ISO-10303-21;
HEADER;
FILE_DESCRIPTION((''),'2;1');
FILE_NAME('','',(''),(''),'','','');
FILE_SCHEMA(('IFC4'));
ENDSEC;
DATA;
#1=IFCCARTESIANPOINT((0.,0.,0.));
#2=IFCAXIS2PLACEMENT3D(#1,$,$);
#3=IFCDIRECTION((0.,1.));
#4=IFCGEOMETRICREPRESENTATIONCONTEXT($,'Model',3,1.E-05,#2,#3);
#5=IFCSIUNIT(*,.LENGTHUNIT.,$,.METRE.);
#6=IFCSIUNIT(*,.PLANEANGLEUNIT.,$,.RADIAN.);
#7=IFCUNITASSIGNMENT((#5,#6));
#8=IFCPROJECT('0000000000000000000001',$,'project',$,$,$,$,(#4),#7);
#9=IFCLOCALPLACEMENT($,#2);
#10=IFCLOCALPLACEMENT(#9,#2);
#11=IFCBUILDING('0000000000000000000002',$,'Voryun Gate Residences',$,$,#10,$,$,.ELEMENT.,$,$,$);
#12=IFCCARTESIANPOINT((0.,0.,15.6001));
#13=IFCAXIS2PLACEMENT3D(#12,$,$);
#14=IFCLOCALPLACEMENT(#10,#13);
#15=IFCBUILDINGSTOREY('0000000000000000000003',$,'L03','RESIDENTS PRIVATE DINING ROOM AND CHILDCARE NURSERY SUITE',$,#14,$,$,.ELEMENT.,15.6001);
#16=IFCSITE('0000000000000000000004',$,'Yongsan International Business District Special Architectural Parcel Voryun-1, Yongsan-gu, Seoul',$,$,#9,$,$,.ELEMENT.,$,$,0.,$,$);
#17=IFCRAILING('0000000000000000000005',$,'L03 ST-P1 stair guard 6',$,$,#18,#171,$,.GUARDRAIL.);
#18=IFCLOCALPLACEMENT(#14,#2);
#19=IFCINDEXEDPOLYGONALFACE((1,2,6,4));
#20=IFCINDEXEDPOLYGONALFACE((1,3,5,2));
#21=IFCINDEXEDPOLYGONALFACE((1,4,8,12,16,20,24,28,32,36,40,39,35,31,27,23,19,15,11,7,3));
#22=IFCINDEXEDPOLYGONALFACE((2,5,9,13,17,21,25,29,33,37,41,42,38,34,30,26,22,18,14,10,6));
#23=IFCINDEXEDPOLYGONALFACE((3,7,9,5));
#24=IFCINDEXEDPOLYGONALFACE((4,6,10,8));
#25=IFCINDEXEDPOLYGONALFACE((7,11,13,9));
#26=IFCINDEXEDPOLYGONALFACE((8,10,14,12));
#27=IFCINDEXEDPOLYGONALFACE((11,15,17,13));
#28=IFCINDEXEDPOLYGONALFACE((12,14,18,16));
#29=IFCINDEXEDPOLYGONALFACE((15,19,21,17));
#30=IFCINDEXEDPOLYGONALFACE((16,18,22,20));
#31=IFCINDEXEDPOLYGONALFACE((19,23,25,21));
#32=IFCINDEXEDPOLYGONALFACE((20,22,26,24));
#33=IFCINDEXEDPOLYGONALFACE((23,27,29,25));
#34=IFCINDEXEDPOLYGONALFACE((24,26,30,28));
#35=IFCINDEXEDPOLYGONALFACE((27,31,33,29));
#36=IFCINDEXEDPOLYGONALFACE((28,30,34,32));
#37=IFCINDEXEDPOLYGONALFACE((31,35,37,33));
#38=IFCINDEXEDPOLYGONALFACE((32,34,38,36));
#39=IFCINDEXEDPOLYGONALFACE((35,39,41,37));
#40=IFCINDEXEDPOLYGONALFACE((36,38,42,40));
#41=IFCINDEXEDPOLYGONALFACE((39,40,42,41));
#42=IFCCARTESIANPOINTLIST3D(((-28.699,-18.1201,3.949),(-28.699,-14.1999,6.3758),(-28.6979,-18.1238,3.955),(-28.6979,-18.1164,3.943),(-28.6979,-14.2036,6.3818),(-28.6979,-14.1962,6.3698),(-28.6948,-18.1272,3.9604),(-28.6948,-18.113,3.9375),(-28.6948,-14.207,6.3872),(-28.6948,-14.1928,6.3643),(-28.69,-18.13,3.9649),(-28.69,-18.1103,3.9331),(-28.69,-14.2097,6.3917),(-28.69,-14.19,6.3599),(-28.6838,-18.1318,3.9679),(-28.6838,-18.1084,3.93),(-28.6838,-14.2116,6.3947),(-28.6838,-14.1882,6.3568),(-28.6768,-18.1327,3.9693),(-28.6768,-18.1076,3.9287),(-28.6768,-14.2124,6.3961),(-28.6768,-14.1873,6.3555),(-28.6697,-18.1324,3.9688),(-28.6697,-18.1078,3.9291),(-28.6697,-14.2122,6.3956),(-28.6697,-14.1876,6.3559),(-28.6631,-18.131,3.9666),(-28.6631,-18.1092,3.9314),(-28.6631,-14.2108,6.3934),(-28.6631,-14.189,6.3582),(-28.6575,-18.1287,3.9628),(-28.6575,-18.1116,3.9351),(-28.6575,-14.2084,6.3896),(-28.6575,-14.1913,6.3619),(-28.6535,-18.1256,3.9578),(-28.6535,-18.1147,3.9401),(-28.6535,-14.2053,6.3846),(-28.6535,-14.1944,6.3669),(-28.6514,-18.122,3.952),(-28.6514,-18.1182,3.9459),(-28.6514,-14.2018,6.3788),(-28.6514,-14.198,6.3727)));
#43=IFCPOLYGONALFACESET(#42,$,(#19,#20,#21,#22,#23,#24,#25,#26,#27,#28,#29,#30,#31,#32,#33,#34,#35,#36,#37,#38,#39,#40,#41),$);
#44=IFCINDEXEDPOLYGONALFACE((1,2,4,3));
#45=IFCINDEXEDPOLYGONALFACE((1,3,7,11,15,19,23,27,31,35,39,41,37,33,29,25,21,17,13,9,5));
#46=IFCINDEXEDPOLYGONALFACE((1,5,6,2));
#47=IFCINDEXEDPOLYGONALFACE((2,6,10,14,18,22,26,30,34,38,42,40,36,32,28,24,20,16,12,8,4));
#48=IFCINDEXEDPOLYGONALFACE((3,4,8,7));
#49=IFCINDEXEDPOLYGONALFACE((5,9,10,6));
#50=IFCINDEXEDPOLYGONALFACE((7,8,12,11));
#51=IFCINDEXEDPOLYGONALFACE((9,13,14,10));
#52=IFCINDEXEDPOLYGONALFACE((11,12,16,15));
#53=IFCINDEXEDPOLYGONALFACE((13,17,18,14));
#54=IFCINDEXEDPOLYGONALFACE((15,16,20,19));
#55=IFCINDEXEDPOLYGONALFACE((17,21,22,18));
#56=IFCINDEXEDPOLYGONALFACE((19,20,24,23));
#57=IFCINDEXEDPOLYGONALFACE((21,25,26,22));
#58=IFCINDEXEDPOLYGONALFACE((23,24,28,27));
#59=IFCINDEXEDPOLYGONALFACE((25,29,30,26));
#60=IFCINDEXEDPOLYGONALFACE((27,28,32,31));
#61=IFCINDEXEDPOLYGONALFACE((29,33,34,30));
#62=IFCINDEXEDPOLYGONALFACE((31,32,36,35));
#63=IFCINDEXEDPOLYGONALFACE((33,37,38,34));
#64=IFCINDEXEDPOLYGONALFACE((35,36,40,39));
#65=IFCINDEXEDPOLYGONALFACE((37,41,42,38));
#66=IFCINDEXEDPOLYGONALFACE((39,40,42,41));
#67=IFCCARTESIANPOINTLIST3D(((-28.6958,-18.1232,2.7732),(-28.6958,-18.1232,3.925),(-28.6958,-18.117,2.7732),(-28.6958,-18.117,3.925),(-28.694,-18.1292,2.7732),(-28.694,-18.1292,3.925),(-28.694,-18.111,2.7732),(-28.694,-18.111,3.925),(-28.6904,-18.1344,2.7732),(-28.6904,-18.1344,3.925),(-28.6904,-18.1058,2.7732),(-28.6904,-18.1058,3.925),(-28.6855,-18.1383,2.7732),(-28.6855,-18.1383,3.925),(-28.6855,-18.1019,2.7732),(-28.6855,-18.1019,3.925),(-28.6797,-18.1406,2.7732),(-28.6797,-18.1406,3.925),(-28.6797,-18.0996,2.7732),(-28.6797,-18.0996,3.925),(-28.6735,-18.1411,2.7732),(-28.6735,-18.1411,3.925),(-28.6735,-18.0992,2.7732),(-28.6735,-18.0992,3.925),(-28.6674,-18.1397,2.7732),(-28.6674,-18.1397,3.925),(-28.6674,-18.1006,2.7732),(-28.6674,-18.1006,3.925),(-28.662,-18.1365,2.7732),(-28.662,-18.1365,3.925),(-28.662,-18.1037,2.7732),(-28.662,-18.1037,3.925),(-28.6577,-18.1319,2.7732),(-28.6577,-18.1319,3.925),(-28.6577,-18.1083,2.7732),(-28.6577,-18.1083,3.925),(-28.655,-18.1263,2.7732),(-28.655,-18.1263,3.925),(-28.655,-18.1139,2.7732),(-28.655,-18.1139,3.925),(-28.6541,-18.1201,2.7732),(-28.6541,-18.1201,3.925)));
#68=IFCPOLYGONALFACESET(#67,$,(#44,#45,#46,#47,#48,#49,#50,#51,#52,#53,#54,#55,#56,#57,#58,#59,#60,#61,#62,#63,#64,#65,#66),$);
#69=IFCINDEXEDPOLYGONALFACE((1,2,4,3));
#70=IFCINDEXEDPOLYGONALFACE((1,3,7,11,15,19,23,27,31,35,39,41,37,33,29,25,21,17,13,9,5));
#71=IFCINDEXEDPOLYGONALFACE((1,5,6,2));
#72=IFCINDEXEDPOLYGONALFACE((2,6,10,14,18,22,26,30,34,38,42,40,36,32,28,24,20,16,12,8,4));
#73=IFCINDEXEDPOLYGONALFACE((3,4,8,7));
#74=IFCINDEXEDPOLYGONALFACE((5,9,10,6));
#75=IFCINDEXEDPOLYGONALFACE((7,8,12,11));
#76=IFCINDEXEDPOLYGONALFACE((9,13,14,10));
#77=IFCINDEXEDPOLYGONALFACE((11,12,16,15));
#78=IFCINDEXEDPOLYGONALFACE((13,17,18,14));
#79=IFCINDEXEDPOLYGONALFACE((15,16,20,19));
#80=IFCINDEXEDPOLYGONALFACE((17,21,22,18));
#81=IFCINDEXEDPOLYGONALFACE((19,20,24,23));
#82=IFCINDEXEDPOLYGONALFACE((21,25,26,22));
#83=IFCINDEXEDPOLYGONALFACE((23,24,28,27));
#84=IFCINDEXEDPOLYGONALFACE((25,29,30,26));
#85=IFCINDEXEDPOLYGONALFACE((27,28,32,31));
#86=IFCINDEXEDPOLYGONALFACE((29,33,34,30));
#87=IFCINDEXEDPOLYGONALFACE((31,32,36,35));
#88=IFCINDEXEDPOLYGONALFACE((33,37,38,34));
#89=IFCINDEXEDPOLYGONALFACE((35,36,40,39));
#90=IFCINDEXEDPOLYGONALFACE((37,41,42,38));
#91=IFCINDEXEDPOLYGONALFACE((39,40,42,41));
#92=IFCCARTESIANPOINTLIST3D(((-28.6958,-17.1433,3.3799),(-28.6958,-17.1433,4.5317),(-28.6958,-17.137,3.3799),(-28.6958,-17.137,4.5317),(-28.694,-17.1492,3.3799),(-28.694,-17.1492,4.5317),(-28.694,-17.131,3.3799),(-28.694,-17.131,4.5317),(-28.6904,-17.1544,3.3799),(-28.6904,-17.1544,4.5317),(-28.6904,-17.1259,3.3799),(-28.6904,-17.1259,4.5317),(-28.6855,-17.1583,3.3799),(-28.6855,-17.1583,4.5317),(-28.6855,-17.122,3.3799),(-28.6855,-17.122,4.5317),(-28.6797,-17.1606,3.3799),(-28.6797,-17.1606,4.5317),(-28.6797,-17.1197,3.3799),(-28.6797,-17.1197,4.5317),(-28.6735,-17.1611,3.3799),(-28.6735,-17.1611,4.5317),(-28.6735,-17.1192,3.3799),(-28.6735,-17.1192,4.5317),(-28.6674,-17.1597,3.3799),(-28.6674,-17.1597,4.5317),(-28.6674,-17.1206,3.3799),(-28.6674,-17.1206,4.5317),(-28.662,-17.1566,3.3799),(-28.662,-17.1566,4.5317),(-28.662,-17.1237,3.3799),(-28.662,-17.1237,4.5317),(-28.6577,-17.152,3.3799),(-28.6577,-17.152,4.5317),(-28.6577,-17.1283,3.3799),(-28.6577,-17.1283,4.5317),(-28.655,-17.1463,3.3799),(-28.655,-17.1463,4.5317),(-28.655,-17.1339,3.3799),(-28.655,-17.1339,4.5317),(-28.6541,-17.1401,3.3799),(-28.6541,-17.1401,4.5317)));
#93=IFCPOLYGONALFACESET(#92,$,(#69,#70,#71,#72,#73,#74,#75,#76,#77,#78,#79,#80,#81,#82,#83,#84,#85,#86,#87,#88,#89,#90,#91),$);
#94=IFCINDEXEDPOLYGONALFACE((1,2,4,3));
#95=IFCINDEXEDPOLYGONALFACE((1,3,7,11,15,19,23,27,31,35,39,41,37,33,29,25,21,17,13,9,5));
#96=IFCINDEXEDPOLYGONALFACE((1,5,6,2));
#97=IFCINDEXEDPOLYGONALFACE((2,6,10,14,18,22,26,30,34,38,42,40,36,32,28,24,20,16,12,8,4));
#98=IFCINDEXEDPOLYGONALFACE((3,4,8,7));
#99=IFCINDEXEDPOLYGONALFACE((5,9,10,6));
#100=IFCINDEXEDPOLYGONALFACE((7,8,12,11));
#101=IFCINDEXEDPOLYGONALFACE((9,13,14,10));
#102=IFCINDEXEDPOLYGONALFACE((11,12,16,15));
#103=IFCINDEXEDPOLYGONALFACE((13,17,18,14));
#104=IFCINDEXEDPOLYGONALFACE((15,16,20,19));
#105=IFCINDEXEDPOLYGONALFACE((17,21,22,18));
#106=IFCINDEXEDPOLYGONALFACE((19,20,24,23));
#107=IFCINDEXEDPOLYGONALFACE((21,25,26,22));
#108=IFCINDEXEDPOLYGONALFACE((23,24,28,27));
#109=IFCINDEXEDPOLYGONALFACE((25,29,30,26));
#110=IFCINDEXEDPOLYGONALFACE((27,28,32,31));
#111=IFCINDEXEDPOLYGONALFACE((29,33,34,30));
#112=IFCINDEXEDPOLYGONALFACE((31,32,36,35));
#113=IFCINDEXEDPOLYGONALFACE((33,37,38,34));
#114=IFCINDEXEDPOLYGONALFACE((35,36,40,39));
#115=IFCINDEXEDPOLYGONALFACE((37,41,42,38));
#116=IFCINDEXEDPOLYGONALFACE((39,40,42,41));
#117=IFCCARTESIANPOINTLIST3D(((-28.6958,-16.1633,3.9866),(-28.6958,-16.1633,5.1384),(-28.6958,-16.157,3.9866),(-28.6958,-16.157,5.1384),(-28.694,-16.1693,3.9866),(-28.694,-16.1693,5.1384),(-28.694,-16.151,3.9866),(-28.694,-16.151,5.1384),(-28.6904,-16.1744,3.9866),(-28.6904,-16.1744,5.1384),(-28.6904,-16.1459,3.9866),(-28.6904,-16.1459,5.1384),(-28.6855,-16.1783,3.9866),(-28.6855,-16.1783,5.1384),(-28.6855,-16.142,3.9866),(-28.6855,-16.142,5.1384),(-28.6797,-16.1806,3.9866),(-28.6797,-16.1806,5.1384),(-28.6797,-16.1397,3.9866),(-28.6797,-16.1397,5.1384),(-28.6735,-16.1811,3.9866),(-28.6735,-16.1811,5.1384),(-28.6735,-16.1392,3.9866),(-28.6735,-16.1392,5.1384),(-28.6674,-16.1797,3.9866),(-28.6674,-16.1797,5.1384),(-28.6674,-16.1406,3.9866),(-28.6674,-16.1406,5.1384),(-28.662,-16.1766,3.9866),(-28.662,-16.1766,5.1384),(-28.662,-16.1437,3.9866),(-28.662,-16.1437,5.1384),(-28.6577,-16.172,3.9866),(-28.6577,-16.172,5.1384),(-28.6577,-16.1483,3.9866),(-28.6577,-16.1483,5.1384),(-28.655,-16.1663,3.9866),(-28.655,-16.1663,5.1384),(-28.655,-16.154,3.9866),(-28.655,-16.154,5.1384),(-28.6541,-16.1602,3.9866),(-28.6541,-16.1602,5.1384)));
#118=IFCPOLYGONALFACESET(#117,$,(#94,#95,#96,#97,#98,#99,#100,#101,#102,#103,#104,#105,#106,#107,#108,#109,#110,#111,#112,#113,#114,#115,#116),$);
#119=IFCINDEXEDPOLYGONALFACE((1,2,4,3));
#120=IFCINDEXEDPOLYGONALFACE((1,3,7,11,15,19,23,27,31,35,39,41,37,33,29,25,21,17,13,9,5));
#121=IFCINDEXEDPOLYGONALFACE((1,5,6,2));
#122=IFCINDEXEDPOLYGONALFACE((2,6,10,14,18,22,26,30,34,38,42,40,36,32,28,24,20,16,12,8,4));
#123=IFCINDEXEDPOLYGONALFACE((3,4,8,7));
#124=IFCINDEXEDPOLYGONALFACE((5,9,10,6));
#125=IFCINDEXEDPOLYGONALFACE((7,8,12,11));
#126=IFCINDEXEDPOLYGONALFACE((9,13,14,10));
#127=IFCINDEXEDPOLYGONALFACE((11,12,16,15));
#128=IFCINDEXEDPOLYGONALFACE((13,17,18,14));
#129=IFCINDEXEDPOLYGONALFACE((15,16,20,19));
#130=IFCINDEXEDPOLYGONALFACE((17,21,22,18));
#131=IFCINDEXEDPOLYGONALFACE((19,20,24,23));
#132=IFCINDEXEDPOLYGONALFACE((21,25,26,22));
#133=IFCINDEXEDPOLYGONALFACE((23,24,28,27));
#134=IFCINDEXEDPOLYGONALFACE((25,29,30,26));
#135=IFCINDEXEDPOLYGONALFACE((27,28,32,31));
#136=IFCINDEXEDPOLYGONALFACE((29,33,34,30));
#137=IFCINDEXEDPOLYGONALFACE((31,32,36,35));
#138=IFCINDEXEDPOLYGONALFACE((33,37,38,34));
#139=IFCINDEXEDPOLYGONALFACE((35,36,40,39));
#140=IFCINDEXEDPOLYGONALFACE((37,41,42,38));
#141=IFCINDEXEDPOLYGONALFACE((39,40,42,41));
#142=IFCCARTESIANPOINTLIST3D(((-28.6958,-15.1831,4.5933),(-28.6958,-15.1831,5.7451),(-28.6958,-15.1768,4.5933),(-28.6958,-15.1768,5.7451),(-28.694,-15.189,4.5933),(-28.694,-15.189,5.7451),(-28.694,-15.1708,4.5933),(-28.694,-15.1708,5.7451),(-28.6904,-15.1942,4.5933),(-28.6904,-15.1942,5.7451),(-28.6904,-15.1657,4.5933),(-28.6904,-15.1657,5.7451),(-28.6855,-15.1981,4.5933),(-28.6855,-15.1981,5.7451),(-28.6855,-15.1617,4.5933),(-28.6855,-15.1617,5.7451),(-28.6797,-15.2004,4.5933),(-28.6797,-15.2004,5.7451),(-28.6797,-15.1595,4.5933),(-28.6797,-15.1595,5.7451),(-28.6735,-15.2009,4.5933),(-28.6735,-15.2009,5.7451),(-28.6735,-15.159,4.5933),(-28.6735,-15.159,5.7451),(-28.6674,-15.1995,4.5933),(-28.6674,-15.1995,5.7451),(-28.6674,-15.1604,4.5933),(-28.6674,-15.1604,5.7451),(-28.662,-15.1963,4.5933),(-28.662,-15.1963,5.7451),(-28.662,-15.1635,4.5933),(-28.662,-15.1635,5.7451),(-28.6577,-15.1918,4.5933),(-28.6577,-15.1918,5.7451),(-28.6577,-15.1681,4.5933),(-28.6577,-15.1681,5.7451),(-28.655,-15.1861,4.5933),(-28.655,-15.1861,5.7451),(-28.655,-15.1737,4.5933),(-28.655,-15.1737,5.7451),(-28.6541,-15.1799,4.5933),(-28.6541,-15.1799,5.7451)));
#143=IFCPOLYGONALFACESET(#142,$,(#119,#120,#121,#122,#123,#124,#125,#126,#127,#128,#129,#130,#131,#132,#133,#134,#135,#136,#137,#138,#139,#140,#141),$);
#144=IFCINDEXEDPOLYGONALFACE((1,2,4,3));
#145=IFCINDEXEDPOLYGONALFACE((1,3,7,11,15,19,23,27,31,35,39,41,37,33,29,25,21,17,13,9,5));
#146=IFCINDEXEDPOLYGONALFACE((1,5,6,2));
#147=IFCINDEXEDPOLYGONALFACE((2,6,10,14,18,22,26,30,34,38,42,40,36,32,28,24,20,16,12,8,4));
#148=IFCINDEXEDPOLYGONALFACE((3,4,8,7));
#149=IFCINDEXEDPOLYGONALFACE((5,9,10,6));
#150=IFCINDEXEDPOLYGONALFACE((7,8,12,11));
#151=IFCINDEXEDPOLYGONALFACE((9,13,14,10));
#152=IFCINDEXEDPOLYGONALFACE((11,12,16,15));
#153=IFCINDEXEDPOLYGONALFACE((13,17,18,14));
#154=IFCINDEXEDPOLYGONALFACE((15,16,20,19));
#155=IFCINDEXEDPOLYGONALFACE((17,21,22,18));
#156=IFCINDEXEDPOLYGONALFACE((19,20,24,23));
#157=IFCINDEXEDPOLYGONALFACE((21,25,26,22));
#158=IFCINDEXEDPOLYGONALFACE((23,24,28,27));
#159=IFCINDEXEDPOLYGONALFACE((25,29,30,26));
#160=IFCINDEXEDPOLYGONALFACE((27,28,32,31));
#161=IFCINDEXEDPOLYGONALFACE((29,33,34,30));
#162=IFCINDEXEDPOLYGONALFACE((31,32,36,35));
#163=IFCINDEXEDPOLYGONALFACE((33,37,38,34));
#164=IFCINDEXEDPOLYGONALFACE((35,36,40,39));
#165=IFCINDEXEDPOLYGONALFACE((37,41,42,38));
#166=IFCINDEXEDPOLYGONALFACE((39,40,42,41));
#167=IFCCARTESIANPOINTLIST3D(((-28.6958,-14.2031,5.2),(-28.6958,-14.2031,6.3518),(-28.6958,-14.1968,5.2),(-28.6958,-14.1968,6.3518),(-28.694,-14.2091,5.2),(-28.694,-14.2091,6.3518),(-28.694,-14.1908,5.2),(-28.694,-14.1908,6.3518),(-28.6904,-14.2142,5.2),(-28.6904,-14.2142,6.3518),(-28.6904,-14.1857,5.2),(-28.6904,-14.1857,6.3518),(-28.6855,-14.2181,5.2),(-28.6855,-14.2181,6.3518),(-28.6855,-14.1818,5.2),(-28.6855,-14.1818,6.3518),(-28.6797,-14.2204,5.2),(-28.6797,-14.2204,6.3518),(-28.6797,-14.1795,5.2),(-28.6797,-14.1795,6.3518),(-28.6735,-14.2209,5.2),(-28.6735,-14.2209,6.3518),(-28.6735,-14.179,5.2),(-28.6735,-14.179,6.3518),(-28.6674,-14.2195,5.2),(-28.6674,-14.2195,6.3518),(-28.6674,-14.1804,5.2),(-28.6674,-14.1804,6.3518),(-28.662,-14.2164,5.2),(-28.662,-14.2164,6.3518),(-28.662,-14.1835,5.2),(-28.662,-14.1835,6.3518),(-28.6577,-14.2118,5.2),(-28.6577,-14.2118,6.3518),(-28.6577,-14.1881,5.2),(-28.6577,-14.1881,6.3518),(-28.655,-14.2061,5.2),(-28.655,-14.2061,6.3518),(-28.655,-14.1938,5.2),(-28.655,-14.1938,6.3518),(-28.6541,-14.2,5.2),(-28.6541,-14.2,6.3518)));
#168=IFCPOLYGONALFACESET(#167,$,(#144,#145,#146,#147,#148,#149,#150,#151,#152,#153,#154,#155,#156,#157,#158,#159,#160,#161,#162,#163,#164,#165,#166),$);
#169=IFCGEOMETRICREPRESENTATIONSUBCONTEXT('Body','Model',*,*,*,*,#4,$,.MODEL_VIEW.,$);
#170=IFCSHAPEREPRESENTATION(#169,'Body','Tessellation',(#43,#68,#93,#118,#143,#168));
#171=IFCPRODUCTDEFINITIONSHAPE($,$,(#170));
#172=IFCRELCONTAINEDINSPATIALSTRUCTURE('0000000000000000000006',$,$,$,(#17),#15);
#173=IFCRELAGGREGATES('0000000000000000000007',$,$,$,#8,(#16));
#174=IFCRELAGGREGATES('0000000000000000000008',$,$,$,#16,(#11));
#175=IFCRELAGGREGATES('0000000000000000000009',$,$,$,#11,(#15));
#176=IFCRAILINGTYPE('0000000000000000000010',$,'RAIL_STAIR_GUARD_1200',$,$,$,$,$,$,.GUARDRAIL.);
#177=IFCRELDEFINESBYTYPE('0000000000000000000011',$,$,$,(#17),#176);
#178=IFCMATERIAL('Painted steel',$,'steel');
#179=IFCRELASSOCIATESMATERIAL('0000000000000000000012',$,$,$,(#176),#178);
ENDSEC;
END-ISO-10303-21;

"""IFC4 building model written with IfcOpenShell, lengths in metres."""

from ifc_helpers import new_model, si_unit, direction, frame, origin, origin_2d, place, context, subcontext, project, spatial, circle, extrude, material, type_object, element, save


model = new_model("IFC4")

# Units and contexts
model_context = context("Model", 3, precision=1e-05, world=origin(), true_north=direction((0.0, 1.0)))
body_context = subcontext(model_context, "Body", "Model", "MODEL_VIEW")
ifc_project = project(units=[si_unit("LENGTHUNIT", "METRE"), si_unit("PLANEANGLEUNIT", "RADIAN")], contexts=[model_context])

# Site, building, storey
site_placement = place(None, origin())
site = spatial("IfcSite", under=ifc_project, at=site_placement, Name="Yongsan International Business District Special Architectural Parcel Voryun-1, Yongsan-gu, Seoul", CompositionType="ELEMENT", RefElevation=0.0)
building_placement = place(site_placement, origin())
building = spatial("IfcBuilding", under=site, at=building_placement, Name="Voryun Gate Residences", CompositionType="ELEMENT")
storey_placement = place(building_placement, frame((0.0, 0.0, 15.6001)))
storey = spatial("IfcBuildingStorey", under=building, at=storey_placement, Name="L03", Description="RESIDENTS PRIVATE DINING ROOM AND CHILDCARE NURSERY SUITE", CompositionType="ELEMENT", Elevation=15.6001)

# Railing
ifc_material_1 = material(Name="Painted steel", Category="steel")
railing_type_1 = type_object("IfcRailingType", Name="RAIL_STAIR_GUARD_1200", PredefinedType="GUARDRAIL", material=ifc_material_1)
railing_1_placement = place(storey_placement, frame((-28.675, -18.1201, 2.7732)))
element("IfcRailing", 1, at=railing_1_placement, inside=storey, type_object=railing_type_1, Name="L03 ST-P1 stair guard 6", PredefinedType="GUARDRAIL", context=body_context, shape_type="SweptSolid", body=[
    extrude(circle(Radius=0.0239, at=origin_2d()), frame((0.0, 0.0, 1.1758), z_axis=(0.0, 0.850266, 0.526353), x_axis=(-1.0, 0.0, 0.0)), (0.0, 0.0, 1.0), 4.6106),
    extrude(circle(Radius=0.021, at=origin_2d()), origin(), (0.0, 0.0, 1.0), 1.1519),
    extrude(circle(Radius=0.021, at=origin_2d()), frame((0.0, 0.98, 0.6067)), (0.0, 0.0, 1.0), 1.1519),
    extrude(circle(Radius=0.021, at=origin_2d()), frame((0.0, 1.96, 1.2134)), (0.0, 0.0, 1.0), 1.1519),
    extrude(circle(Radius=0.021, at=origin_2d()), frame((0.0, 2.9402, 1.8201)), (0.0, 0.0, 1.0), 1.1519),
    extrude(circle(Radius=0.021, at=origin_2d()), frame((0.0, 3.9202, 2.4268)), (0.0, 0.0, 1.0), 1.1519),
])

save(model, "model.ifc")
